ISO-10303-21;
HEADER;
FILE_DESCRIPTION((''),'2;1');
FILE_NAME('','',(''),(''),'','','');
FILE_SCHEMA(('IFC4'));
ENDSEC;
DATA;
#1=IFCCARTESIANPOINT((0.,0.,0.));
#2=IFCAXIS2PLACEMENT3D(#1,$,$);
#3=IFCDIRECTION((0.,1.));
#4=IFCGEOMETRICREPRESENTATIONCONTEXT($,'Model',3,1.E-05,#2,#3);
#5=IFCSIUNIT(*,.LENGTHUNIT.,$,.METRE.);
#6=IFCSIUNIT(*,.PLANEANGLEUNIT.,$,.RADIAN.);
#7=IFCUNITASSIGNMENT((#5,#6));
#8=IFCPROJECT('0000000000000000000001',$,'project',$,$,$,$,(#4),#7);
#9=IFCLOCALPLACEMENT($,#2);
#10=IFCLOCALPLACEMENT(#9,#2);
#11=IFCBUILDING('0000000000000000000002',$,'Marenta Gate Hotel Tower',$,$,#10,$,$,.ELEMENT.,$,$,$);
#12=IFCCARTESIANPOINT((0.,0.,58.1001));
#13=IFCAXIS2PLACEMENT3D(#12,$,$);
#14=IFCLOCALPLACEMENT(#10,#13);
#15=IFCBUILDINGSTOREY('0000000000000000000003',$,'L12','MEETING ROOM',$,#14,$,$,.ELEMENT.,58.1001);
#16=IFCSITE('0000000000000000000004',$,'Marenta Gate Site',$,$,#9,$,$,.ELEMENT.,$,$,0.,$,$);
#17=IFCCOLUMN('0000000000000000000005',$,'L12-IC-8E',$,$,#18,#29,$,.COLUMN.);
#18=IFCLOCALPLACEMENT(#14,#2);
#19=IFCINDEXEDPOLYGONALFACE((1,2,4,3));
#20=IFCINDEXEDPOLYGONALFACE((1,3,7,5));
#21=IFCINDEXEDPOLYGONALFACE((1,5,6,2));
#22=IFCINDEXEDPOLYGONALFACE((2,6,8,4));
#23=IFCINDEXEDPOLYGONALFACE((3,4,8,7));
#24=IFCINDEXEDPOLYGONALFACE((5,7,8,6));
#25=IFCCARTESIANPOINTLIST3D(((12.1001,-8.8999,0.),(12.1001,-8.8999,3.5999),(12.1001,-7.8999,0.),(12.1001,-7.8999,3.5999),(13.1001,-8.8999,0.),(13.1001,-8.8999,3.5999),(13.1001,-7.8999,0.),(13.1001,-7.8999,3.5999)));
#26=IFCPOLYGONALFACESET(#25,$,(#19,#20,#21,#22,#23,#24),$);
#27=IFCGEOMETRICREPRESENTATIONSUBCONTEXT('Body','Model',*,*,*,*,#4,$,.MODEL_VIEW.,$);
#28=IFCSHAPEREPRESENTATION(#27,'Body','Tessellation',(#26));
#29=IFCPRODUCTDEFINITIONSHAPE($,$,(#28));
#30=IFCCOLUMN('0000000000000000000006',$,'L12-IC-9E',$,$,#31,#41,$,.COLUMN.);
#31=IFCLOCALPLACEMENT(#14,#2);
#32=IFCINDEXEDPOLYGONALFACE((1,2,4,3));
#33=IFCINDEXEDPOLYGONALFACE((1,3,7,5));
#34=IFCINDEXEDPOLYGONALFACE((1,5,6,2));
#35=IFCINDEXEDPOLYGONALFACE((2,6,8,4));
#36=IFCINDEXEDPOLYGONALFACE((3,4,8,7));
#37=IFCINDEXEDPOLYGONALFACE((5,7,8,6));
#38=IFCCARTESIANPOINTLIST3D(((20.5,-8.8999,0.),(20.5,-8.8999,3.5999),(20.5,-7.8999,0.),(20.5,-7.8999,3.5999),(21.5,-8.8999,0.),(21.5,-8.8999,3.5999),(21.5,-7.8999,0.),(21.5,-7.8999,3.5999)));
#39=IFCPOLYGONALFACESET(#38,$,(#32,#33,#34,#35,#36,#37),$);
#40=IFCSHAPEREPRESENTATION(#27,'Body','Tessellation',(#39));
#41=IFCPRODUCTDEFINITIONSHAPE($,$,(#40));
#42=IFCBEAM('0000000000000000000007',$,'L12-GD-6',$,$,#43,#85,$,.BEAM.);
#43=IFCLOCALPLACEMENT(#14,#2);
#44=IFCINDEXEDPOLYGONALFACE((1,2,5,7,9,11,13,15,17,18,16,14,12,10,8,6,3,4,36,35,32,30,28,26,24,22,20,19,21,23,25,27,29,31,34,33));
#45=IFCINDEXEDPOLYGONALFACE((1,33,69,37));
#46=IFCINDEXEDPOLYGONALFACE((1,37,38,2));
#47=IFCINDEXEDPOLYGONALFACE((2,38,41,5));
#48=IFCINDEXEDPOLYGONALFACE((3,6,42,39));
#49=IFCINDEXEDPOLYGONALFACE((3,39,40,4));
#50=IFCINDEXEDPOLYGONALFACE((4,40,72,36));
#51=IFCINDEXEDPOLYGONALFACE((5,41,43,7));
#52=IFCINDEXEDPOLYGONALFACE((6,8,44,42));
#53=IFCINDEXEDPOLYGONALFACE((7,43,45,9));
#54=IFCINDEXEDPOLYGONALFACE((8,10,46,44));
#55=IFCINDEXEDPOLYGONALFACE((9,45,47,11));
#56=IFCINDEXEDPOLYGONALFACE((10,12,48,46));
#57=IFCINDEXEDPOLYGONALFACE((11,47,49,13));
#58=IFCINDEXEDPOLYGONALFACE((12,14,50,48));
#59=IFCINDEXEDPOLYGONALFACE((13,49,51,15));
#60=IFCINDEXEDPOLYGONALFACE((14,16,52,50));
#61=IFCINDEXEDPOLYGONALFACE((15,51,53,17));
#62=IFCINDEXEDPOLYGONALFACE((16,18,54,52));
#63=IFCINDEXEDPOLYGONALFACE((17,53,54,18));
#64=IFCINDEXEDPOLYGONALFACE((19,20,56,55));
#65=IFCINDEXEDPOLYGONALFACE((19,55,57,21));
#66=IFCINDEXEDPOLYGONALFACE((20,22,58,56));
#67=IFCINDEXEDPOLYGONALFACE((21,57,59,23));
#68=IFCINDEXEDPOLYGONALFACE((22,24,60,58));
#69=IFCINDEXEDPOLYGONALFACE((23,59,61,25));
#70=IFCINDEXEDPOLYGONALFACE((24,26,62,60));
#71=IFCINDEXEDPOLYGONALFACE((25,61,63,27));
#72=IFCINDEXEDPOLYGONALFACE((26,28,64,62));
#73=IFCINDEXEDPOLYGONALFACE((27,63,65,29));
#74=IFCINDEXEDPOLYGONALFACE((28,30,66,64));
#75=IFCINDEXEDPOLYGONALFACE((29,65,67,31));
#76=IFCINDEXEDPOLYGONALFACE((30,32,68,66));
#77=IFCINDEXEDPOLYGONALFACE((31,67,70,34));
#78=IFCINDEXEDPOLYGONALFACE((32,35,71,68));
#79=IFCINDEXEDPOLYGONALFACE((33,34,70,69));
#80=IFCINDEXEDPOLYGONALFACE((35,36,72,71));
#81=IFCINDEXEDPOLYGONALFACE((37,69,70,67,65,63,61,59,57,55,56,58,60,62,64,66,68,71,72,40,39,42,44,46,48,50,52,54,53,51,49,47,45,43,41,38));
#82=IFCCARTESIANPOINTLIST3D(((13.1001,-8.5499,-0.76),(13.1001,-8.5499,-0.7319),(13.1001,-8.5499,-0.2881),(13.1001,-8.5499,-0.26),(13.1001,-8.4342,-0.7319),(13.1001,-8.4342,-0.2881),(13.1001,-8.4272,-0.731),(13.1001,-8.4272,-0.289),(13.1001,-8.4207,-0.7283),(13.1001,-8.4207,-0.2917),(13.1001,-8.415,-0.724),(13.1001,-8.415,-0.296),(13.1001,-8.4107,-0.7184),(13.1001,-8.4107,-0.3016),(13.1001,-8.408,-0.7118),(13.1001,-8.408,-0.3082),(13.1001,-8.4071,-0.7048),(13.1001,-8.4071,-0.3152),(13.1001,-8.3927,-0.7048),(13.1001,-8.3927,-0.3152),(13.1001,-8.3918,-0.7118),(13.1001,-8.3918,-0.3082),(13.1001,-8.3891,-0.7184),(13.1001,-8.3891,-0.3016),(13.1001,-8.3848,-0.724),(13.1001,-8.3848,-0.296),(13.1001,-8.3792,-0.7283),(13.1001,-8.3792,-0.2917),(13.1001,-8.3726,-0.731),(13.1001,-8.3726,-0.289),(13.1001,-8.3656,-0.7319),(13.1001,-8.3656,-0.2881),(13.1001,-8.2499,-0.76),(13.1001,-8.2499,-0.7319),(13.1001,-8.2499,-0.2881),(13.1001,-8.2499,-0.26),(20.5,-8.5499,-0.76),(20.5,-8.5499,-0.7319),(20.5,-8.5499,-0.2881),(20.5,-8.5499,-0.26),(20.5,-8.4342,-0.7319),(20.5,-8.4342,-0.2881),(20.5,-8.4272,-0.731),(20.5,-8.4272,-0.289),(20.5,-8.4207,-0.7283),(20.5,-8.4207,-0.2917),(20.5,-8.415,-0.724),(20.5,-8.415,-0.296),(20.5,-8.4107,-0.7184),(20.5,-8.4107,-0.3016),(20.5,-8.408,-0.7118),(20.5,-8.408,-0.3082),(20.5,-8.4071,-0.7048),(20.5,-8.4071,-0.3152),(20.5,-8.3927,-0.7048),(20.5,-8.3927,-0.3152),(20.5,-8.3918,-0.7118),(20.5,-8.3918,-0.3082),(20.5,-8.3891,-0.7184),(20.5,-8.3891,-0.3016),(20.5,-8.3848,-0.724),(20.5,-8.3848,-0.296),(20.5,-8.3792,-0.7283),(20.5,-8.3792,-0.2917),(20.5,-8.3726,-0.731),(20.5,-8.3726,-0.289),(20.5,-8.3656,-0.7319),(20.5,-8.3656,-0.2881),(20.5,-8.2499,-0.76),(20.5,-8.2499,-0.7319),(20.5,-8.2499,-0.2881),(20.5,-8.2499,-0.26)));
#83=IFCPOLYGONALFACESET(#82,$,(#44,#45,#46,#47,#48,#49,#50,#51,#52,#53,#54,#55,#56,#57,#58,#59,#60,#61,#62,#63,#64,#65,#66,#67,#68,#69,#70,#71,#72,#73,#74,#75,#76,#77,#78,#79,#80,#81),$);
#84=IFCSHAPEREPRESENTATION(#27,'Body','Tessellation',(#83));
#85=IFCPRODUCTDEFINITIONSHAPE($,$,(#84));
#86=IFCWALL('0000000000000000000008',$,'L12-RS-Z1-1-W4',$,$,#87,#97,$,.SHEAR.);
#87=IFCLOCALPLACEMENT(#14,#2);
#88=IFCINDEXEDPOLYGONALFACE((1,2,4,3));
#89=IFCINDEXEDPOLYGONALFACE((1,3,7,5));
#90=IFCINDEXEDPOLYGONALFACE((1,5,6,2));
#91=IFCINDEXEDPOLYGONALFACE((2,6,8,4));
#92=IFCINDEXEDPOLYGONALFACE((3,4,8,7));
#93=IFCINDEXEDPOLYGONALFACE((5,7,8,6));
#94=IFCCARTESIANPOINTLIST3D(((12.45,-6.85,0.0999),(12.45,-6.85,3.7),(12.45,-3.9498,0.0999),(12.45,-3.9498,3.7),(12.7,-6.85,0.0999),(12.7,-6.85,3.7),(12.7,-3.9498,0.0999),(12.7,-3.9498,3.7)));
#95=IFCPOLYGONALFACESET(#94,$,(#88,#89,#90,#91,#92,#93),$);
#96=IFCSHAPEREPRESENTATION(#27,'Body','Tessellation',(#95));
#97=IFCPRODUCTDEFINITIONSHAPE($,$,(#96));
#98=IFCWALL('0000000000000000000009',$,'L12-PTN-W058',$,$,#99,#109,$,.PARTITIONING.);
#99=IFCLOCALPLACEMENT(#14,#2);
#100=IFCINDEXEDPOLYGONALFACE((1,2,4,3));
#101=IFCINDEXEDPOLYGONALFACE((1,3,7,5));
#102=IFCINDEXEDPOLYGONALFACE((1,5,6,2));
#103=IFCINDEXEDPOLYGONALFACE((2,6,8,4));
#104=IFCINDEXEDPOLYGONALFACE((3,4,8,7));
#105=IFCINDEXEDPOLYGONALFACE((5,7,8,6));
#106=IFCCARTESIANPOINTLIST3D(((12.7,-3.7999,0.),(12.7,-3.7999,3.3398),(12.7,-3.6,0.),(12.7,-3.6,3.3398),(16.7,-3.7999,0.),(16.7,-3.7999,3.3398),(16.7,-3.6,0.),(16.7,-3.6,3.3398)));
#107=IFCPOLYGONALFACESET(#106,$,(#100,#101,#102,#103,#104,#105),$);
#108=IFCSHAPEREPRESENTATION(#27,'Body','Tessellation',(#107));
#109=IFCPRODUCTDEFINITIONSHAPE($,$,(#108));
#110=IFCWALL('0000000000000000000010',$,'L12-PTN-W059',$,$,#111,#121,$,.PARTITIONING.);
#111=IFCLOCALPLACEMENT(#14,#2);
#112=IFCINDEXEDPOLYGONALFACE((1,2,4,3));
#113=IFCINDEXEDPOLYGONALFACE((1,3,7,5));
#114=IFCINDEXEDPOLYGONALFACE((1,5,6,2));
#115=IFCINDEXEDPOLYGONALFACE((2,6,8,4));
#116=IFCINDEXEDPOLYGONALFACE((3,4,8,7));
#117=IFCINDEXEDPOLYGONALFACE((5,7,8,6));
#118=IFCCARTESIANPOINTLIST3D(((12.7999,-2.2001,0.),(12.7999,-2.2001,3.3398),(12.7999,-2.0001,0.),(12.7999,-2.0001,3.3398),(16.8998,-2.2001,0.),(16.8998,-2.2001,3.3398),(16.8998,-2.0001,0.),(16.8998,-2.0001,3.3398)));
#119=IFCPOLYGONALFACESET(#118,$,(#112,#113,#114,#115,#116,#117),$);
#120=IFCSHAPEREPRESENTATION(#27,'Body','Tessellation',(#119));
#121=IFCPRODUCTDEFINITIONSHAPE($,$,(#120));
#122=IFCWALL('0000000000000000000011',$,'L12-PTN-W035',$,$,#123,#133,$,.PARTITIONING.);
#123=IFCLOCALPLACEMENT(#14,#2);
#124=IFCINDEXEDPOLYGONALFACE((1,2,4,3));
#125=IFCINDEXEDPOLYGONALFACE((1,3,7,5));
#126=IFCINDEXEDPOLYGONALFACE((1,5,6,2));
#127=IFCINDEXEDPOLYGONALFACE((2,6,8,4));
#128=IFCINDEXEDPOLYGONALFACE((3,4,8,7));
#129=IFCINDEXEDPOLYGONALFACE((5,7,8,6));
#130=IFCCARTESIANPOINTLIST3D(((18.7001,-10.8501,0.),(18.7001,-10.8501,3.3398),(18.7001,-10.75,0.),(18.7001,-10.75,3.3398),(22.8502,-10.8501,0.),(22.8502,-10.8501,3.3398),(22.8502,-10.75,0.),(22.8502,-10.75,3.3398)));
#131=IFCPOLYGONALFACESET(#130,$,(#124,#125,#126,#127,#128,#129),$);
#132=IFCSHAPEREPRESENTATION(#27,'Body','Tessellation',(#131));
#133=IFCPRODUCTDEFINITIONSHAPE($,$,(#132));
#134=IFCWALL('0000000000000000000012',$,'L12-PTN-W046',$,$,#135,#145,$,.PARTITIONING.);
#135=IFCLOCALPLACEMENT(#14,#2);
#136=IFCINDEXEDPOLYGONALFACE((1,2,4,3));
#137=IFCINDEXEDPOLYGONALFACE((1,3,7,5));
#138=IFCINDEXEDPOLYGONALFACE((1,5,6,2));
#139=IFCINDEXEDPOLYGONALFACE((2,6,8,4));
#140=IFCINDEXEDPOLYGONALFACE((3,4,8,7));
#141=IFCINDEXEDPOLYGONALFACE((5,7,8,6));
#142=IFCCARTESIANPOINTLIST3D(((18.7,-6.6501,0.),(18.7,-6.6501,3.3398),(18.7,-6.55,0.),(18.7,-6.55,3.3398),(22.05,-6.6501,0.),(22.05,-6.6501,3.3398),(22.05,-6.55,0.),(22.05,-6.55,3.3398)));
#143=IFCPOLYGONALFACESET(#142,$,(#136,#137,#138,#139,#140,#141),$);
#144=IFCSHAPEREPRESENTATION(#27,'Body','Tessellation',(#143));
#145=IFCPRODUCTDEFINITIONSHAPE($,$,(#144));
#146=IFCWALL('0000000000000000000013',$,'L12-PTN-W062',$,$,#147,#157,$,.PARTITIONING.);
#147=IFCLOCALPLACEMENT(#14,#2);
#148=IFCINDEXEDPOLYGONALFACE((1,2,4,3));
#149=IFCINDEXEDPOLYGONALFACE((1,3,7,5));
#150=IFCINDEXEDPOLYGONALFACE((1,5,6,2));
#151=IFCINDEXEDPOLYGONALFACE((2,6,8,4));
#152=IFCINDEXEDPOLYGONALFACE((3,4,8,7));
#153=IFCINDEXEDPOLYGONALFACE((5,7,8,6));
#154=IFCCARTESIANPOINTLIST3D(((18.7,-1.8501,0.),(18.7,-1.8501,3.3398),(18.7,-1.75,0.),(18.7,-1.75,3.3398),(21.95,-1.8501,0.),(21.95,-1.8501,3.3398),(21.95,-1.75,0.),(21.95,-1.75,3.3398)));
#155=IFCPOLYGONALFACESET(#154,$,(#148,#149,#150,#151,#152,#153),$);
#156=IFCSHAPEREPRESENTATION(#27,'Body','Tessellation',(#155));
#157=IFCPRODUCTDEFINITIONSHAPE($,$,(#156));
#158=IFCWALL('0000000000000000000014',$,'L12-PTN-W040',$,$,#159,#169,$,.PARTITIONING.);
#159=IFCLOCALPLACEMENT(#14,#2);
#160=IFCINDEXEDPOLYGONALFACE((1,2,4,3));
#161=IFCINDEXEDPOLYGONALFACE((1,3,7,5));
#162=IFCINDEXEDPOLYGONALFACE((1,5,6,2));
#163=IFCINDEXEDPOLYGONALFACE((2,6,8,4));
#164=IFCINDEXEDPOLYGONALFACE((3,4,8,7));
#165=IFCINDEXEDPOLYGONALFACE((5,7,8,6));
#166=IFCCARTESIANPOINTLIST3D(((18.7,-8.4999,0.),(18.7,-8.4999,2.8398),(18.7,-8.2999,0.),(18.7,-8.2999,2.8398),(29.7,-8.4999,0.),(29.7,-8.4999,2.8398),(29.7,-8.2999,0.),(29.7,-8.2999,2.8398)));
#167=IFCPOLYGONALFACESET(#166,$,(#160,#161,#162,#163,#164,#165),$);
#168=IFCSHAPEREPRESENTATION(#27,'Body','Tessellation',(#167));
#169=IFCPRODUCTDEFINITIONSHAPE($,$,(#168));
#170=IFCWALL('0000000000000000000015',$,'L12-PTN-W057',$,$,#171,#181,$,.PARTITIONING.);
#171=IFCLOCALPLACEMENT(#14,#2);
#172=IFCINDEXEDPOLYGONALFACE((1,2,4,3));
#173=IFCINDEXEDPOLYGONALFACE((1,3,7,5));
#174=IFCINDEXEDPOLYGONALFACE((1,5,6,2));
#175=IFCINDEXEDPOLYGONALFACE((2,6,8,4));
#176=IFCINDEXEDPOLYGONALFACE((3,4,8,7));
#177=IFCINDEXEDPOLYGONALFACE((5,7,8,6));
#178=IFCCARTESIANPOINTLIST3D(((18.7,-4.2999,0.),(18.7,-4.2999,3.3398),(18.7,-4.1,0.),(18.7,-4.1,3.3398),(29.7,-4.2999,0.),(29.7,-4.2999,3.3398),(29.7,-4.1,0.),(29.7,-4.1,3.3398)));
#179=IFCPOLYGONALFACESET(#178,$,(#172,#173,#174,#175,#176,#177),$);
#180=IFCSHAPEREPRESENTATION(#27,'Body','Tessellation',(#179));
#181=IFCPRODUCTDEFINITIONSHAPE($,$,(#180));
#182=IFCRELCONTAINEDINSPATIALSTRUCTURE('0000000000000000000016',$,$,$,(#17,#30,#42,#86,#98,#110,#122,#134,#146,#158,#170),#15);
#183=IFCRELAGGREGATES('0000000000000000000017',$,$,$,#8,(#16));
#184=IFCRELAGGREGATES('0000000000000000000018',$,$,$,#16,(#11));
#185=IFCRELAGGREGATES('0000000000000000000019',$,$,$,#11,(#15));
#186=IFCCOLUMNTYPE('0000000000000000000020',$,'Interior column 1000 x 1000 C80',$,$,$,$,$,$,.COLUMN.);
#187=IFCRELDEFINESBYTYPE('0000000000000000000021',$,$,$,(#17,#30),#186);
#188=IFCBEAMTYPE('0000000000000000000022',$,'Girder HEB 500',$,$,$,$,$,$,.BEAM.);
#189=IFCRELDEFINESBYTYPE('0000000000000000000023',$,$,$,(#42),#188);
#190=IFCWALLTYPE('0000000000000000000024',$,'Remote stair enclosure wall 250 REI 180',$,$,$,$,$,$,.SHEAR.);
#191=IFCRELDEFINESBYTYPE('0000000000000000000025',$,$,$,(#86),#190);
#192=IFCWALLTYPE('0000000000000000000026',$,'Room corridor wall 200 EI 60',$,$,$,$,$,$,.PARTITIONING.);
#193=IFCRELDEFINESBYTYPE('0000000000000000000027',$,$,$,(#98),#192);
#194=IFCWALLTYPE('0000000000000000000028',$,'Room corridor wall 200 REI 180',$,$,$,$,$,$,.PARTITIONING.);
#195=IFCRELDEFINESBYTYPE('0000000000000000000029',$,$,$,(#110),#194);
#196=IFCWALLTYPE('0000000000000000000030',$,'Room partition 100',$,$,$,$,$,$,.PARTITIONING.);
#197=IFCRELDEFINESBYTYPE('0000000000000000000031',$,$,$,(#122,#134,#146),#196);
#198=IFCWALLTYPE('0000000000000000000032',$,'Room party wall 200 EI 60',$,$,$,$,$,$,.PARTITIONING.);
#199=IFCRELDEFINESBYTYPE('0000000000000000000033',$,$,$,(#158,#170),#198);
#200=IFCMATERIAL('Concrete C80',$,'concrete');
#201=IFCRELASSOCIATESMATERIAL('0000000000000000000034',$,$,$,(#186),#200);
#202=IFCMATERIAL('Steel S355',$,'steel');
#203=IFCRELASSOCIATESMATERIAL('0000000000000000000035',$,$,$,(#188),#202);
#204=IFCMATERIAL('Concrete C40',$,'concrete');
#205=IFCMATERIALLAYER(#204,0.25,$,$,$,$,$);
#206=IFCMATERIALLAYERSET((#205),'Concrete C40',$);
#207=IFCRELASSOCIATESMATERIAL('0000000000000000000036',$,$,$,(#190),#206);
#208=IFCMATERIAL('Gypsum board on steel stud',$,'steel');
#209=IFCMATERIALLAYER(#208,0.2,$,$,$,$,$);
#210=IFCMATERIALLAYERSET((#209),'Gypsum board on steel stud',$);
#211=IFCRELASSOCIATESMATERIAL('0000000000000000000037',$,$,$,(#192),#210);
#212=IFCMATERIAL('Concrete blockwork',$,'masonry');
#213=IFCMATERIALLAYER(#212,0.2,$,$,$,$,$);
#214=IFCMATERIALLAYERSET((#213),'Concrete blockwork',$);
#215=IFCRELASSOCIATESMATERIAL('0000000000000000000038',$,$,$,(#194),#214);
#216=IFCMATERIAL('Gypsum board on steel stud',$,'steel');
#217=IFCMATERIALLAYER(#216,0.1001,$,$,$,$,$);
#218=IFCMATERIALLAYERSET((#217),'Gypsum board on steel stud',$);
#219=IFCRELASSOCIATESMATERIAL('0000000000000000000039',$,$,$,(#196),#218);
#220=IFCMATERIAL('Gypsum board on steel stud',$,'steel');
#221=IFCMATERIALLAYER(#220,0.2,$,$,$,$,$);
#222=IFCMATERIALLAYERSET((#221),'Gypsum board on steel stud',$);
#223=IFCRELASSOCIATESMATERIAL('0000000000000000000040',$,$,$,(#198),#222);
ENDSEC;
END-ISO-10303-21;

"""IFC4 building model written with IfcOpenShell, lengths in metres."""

from ifc_helpers import new_model, si_unit, direction, frame, frame_2d, origin, origin_2d, place, context, subcontext, project, spatial, rectangle, i_section, extrude, material, layer, layer_set, material_profile, profile_set, type_object, element, save


model = new_model("IFC4")

# Units and contexts
model_context = context("Model", 3, precision=1e-05, world=origin(), true_north=direction((0.0, 1.0)))
body_context = subcontext(model_context, "Body", "Model", "MODEL_VIEW")
ifc_project = project(units=[si_unit("LENGTHUNIT", "METRE"), si_unit("PLANEANGLEUNIT", "RADIAN")], contexts=[model_context])

# Site, building, storey
site_placement = place(None, origin())
site = spatial("IfcSite", under=ifc_project, at=site_placement, Name="Marenta Gate Site", CompositionType="ELEMENT", RefElevation=0.0)
building_placement = place(site_placement, origin())
building = spatial("IfcBuilding", under=site, at=building_placement, Name="Marenta Gate Hotel Tower", CompositionType="ELEMENT")
storey_placement = place(building_placement, frame((0.0, 0.0, 58.1001)))
storey = spatial("IfcBuildingStorey", under=building, at=storey_placement, Name="L12", Description="MEETING ROOM", CompositionType="ELEMENT", Elevation=58.1001)

# Columns
ifc_material_1 = material(Name="Concrete C80", Category="concrete")
ifc_material_profile_1 = material_profile(ifc_material_1, rectangle(XDim=1.0, YDim=1.0, at=origin_2d()), Name="1000 x 1000")
ifc_profile_set_1 = profile_set([ifc_material_profile_1], Name="Concrete C80")
column_type = type_object("IfcColumnType", Name="Interior column 1000 x 1000 C80", PredefinedType="COLUMN", material=ifc_profile_set_1)
for number, where, z_axis, x_axis, name in (
    (1, (12.6001, -8.3999, 0.0), (0.0, 0.0, 1.0), (1.0, 0.0, 0.0), "L12-IC-8E"),
    (2, (21.0, -8.3999, 0.0), (0.0, 0.0, 1.0), (1.0, 0.0, 0.0), "L12-IC-9E"),
):
    element("IfcColumn", number, at=place(storey_placement, frame(where, z_axis=z_axis, x_axis=x_axis)), inside=storey, type_object=column_type, Name=name, PredefinedType="COLUMN", context=body_context, shape_type="SweptSolid", body=[
        extrude(rectangle(XDim=1.0, YDim=1.0, at=origin_2d()), origin(), (0.0, 0.0, 1.0), 3.5999),
    ])

# Beam
ifc_material_2 = material(Name="Steel S355", Category="steel")
ifc_material_profile_2 = material_profile(ifc_material_2, i_section(OverallWidth=0.3, OverallDepth=0.5, WebThickness=0.0144, FlangeThickness=0.0281, FilletRadius=0.0271, at=origin_2d()), Name="HEB 500")
ifc_profile_set_2 = profile_set([ifc_material_profile_2], Name="Steel S355")
beam_type = type_object("IfcBeamType", Name="Girder HEB 500", PredefinedType="BEAM", material=ifc_profile_set_2)
beam_placement = place(storey_placement, frame((13.1001, -8.3999, -0.51), z_axis=(1.0, 0.0, 0.0), x_axis=(0.0, 1.0, 0.0)))
element("IfcBeam", 3, at=beam_placement, inside=storey, type_object=beam_type, Name="L12-GD-6", PredefinedType="BEAM", context=body_context, shape_type="SweptSolid", body=[
    extrude(i_section(OverallWidth=0.3, OverallDepth=0.5, WebThickness=0.0144, FlangeThickness=0.0281, FilletRadius=0.0271, at=origin_2d()), origin(), (0.0, 0.0, 1.0), 7.3999),
])

# Wall
ifc_material_3 = material(Name="Concrete C40", Category="concrete")
ifc_layer_1 = layer(ifc_material_3, 0.25)
ifc_layer_set_1 = layer_set([ifc_layer_1], Name="Concrete C40")
wall_type_1 = type_object("IfcWallType", Name="Remote stair enclosure wall 250 REI 180", PredefinedType="SHEAR", material=ifc_layer_set_1)
wall_1_placement = place(storey_placement, frame((12.575, -6.8501, 0.0999), z_axis=(0.0, 0.0, 1.0), x_axis=(0.0, 1.0, 0.0)))
element("IfcWall", 4, at=wall_1_placement, inside=storey, type_object=wall_type_1, Name="L12-RS-Z1-1-W4", PredefinedType="SHEAR", context=body_context, shape_type="SweptSolid", body=[
    extrude(rectangle(XDim=2.9001, YDim=0.25, at=frame_2d((1.4502, 0.0))), origin(), (0.0, 0.0, 1.0), 3.6001),
])

# Shared definitions
ifc_material_4 = material(Name="Gypsum board on steel stud", Category="steel")
ifc_layer_2 = layer(ifc_material_4, 0.2)
ifc_layer_set_2 = layer_set([ifc_layer_2], Name="Gypsum board on steel stud")
wall_type_2 = type_object("IfcWallType", Name="Room corridor wall 200 EI 60", PredefinedType="PARTITIONING", material=ifc_layer_set_2)

# Wall
wall_2_placement = place(storey_placement, frame((12.7, -3.7, 0.0), z_axis=(0.0, 0.0, 1.0), x_axis=(1.0, 0.0, 0.0)))
element("IfcWall", 5, at=wall_2_placement, inside=storey, type_object=wall_type_2, Name="L12-PTN-W058", PredefinedType="PARTITIONING", context=body_context, shape_type="SweptSolid", body=[
    extrude(rectangle(XDim=4.0, YDim=0.2, at=frame_2d((2.0, 0.0))), origin(), (0.0, 0.0, 1.0), 3.3398),
])

# Shared definitions
ifc_material_5 = material(Name="Concrete blockwork", Category="masonry")
ifc_layer_3 = layer(ifc_material_5, 0.2)
ifc_layer_set_3 = layer_set([ifc_layer_3], Name="Concrete blockwork")
wall_type_3 = type_object("IfcWallType", Name="Room corridor wall 200 REI 180", PredefinedType="PARTITIONING", material=ifc_layer_set_3)

# Walls
wall_3_placement = place(storey_placement, frame((12.8, -2.1001, 0.0), z_axis=(0.0, 0.0, 1.0), x_axis=(1.0, 0.0, 0.0)))
element("IfcWall", 6, at=wall_3_placement, inside=storey, type_object=wall_type_3, Name="L12-PTN-W059", PredefinedType="PARTITIONING", context=body_context, shape_type="SweptSolid", body=[
    extrude(rectangle(XDim=4.0999, YDim=0.2, at=frame_2d((2.0498, 0.0))), origin(), (0.0, 0.0, 1.0), 3.3398),
])
ifc_material_6 = material(Name="Gypsum board on steel stud", Category="steel")
ifc_layer_4 = layer(ifc_material_6, 0.1001)
ifc_layer_set_4 = layer_set([ifc_layer_4], Name="Gypsum board on steel stud")
wall_type_4 = type_object("IfcWallType", Name="Room partition 100", PredefinedType="PARTITIONING", material=ifc_layer_set_4)
wall_4_placement = place(storey_placement, frame((18.7, -10.8, 0.0), z_axis=(0.0, 0.0, 1.0), x_axis=(1.0, 0.0, 0.0)))
element("IfcWall", 7, at=wall_4_placement, inside=storey, type_object=wall_type_4, Name="L12-PTN-W035", PredefinedType="PARTITIONING", context=body_context, shape_type="SweptSolid", body=[
    extrude(rectangle(XDim=4.1501, YDim=0.1001, at=frame_2d((2.0752, 0.0))), origin(), (0.0, 0.0, 1.0), 3.3398),
])
wall_5_placement = place(storey_placement, frame((18.7, -6.6001, 0.0), z_axis=(0.0, 0.0, 1.0), x_axis=(1.0, 0.0, 0.0)))
element("IfcWall", 8, at=wall_5_placement, inside=storey, type_object=wall_type_4, Name="L12-PTN-W046", PredefinedType="PARTITIONING", context=body_context, shape_type="SweptSolid", body=[
    extrude(rectangle(XDim=3.3501, YDim=0.1001, at=frame_2d((1.675, 0.0))), origin(), (0.0, 0.0, 1.0), 3.3398),
])
wall_6_placement = place(storey_placement, frame((18.7, -1.8, 0.0), z_axis=(0.0, 0.0, 1.0), x_axis=(1.0, 0.0, 0.0)))
element("IfcWall", 9, at=wall_6_placement, inside=storey, type_object=wall_type_4, Name="L12-PTN-W062", PredefinedType="PARTITIONING", context=body_context, shape_type="SweptSolid", body=[
    extrude(rectangle(XDim=3.25, YDim=0.1001, at=frame_2d((1.625, 0.0))), origin(), (0.0, 0.0, 1.0), 3.3398),
])
ifc_material_7 = material(Name="Gypsum board on steel stud", Category="steel")
ifc_layer_5 = layer(ifc_material_7, 0.2)
ifc_layer_set_5 = layer_set([ifc_layer_5], Name="Gypsum board on steel stud")
wall_type_5 = type_object("IfcWallType", Name="Room party wall 200 EI 60", PredefinedType="PARTITIONING", material=ifc_layer_set_5)
wall_7_placement = place(storey_placement, frame((18.7, -8.3999, 0.0), z_axis=(0.0, 0.0, 1.0), x_axis=(1.0, 0.0, 0.0)))
element("IfcWall", 10, at=wall_7_placement, inside=storey, type_object=wall_type_5, Name="L12-PTN-W040", PredefinedType="PARTITIONING", context=body_context, shape_type="SweptSolid", body=[
    extrude(rectangle(XDim=11.0, YDim=0.2, at=frame_2d((5.5, 0.0))), origin(), (0.0, 0.0, 1.0), 2.8398),
])
wall_8_placement = place(storey_placement, frame((18.7, -4.2, 0.0), z_axis=(0.0, 0.0, 1.0), x_axis=(1.0, 0.0, 0.0)))
element("IfcWall", 11, at=wall_8_placement, inside=storey, type_object=wall_type_5, Name="L12-PTN-W057", PredefinedType="PARTITIONING", context=body_context, shape_type="SweptSolid", body=[
    extrude(rectangle(XDim=11.0, YDim=0.2, at=frame_2d((5.5, 0.0))), origin(), (0.0, 0.0, 1.0), 3.3398),
])

save(model, "model.ifc")
